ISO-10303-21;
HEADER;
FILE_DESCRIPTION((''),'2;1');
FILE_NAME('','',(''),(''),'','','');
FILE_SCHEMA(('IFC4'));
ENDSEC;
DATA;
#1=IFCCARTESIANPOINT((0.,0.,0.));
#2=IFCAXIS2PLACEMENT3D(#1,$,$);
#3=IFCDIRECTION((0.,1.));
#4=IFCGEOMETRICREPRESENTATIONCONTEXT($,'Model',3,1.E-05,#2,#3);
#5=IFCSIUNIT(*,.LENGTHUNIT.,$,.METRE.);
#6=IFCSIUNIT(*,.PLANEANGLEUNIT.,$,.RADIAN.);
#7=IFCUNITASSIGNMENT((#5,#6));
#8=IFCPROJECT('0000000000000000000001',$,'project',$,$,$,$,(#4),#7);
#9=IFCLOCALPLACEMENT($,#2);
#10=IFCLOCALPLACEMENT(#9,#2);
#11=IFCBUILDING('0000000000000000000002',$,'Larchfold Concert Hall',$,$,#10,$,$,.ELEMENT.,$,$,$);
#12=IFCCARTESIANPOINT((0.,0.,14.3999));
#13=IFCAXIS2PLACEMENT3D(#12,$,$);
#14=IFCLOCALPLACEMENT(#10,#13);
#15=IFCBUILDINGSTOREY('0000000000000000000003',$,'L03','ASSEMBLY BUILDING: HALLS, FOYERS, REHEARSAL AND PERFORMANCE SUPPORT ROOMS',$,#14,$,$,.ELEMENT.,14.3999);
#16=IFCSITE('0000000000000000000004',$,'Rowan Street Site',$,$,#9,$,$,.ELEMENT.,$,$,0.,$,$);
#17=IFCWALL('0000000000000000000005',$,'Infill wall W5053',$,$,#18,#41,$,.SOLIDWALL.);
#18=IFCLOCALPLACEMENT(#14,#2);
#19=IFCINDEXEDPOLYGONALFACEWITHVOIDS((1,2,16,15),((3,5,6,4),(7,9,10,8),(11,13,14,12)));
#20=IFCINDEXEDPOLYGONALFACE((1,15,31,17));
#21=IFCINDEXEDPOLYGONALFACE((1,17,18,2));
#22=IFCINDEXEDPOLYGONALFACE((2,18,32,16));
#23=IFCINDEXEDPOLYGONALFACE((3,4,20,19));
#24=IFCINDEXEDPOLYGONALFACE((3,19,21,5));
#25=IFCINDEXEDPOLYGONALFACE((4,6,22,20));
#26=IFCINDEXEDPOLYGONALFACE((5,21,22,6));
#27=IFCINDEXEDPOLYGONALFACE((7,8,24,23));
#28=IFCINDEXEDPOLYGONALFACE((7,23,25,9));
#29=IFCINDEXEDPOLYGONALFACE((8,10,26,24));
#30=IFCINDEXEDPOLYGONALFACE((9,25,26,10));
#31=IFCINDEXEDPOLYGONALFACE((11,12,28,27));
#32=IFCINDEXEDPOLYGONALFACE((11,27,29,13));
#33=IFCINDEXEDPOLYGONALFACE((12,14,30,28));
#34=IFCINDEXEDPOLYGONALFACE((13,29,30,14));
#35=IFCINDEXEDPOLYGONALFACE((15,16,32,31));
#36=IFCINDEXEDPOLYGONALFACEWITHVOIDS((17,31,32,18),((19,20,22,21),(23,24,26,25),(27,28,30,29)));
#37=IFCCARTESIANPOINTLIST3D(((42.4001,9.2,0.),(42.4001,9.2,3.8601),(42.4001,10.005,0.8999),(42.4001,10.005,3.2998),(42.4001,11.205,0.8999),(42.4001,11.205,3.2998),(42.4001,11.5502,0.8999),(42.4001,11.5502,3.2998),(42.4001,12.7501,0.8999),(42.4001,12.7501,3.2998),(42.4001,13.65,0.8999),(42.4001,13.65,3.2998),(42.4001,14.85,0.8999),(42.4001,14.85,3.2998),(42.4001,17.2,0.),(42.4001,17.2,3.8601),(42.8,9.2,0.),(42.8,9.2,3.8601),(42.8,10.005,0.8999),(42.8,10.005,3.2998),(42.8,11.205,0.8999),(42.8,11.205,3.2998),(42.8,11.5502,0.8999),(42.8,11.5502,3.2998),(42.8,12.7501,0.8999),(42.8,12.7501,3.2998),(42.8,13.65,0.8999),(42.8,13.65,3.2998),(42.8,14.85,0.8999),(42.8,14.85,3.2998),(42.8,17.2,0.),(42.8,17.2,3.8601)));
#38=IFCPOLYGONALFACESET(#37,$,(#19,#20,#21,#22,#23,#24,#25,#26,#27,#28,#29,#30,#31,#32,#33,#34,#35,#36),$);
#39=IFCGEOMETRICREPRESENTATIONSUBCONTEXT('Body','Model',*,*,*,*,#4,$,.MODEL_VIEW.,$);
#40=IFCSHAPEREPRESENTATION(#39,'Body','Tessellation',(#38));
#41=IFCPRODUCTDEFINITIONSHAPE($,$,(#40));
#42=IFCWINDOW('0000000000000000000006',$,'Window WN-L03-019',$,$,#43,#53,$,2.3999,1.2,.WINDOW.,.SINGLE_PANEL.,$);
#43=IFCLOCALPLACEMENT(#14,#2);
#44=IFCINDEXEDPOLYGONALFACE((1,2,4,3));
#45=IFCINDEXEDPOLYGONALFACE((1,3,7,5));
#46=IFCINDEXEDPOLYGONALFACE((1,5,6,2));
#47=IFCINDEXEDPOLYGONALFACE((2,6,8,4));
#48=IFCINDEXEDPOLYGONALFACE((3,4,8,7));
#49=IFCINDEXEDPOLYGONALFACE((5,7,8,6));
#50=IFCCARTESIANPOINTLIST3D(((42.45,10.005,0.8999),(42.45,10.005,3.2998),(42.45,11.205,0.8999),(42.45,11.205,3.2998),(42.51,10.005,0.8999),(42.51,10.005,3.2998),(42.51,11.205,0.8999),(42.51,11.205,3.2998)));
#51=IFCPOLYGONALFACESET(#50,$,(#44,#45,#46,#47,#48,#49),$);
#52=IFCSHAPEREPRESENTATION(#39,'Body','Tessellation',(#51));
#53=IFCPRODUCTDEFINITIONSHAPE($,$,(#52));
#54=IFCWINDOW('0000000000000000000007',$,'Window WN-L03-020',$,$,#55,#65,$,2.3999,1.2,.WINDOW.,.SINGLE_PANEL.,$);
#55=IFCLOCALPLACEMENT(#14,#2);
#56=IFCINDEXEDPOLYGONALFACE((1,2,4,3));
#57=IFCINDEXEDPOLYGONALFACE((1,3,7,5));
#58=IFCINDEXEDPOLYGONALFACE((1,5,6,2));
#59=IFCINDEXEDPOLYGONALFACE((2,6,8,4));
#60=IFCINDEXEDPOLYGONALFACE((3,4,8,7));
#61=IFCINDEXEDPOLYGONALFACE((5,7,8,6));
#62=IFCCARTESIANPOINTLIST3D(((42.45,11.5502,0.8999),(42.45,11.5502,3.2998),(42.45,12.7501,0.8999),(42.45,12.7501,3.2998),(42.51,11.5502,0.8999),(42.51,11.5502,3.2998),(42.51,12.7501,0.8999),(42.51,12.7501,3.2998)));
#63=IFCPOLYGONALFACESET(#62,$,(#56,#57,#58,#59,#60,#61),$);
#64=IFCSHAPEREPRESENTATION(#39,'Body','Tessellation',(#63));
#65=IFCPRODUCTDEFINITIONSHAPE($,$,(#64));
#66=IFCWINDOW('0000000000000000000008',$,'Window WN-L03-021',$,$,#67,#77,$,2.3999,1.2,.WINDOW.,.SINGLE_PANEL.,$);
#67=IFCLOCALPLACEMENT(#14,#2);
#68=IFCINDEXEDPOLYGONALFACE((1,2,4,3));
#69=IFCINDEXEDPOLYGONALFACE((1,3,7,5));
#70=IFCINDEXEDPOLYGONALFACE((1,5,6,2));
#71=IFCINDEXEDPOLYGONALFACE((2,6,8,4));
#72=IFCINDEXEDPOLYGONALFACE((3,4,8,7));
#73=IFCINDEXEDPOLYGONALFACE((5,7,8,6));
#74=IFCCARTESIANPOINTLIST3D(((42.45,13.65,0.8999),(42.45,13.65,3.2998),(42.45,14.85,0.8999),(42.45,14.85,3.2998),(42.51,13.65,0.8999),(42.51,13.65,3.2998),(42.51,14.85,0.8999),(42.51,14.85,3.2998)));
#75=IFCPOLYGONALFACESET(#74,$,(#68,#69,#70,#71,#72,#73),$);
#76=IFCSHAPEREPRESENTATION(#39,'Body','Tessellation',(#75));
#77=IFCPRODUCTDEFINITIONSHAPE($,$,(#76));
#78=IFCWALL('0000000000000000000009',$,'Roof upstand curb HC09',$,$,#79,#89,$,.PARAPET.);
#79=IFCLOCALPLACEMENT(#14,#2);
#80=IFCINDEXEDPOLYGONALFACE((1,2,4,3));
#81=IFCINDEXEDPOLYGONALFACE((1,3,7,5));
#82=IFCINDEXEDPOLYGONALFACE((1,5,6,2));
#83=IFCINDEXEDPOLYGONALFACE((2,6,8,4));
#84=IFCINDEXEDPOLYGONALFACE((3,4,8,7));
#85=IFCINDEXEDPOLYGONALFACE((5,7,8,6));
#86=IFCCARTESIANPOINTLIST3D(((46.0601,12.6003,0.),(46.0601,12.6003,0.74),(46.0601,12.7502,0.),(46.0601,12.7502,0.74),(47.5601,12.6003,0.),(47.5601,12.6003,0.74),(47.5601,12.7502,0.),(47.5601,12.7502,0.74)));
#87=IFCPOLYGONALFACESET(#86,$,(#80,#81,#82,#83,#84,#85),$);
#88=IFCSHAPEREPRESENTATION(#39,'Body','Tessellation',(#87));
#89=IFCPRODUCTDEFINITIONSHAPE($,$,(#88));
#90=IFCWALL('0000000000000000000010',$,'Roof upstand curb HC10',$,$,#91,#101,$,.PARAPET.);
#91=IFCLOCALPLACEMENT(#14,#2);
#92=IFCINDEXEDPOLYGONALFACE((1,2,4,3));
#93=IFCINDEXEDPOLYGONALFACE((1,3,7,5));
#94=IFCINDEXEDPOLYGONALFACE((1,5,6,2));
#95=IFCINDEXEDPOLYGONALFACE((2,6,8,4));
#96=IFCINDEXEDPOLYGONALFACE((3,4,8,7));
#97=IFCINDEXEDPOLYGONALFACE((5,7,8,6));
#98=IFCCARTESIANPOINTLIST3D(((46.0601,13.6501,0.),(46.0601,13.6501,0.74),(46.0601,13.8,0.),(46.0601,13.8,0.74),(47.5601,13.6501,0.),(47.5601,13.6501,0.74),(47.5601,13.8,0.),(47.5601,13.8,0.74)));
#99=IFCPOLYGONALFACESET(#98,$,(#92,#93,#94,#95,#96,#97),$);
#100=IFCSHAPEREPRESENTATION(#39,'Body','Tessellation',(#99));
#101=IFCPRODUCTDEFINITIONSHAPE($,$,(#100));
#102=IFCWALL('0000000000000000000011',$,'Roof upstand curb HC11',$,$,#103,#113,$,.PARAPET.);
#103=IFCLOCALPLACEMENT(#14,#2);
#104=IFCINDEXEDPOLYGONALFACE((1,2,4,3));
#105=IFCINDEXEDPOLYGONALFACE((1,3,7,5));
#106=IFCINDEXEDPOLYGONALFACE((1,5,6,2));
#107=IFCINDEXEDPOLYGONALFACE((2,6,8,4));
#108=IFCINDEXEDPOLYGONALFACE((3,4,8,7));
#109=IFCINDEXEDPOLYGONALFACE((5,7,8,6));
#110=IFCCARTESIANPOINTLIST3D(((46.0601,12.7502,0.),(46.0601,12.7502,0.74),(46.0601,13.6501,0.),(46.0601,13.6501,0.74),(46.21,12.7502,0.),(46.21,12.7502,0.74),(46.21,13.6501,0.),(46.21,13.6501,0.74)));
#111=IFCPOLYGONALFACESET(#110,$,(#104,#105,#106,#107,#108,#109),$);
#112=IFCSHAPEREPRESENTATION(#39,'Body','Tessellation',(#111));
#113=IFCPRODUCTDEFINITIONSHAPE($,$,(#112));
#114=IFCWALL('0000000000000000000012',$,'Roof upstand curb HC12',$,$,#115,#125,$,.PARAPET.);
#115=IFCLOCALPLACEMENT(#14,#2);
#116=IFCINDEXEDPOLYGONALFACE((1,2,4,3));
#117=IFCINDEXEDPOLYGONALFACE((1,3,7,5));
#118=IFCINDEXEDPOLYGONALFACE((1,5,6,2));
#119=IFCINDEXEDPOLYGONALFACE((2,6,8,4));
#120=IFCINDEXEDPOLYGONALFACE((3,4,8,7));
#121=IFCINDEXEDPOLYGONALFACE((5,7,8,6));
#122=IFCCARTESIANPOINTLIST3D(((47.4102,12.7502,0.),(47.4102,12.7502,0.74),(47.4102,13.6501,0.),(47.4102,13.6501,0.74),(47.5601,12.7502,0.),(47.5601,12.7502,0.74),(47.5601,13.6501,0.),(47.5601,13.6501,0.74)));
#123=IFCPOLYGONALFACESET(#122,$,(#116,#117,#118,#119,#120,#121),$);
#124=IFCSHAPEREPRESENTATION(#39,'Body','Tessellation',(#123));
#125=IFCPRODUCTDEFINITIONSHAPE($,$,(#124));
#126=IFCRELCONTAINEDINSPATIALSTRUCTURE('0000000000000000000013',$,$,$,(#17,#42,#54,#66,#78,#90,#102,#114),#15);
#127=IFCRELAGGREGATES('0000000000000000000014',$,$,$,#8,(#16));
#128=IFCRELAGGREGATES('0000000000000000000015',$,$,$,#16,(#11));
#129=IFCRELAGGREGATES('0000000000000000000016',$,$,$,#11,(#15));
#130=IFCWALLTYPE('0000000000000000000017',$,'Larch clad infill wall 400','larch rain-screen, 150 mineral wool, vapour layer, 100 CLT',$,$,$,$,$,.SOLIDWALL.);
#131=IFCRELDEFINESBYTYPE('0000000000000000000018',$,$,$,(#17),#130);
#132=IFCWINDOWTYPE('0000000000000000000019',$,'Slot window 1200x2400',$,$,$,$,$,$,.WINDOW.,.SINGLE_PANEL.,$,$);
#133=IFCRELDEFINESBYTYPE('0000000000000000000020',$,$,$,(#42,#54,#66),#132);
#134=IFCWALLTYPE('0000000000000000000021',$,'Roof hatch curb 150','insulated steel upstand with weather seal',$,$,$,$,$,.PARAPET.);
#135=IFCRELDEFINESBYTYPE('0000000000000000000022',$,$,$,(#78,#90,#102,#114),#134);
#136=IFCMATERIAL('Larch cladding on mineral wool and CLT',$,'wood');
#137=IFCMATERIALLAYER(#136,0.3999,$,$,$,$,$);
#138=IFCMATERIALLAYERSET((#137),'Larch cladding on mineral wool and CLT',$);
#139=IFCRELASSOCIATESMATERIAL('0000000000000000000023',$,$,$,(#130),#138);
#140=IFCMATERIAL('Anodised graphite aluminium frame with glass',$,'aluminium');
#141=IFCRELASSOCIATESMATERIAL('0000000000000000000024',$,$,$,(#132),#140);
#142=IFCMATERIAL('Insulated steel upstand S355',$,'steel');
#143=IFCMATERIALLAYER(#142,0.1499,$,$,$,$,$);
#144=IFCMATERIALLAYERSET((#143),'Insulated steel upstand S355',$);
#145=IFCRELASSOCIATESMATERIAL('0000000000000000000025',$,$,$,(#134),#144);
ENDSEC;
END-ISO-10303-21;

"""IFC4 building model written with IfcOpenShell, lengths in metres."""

from ifc_helpers import new_model, si_unit, direction, frame, frame_2d, origin, place, context, subcontext, project, spatial, rectangle, extrude, material, layer, layer_set, type_object, element, fill, save


model = new_model("IFC4")

# Units and contexts
model_context = context("Model", 3, precision=1e-05, world=origin(), true_north=direction((0.0, 1.0)))
body_context = subcontext(model_context, "Body", "Model", "MODEL_VIEW")
ifc_project = project(units=[si_unit("LENGTHUNIT", "METRE"), si_unit("PLANEANGLEUNIT", "RADIAN")], contexts=[model_context])

# Site, building, storey
site_placement = place(None, origin())
site = spatial("IfcSite", under=ifc_project, at=site_placement, Name="Rowan Street Site", CompositionType="ELEMENT", RefElevation=0.0)
building_placement = place(site_placement, origin())
building = spatial("IfcBuilding", under=site, at=building_placement, Name="Larchfold Concert Hall", CompositionType="ELEMENT")
storey_placement = place(building_placement, frame((0.0, 0.0, 14.3999)))
storey = spatial("IfcBuildingStorey", under=building, at=storey_placement, Name="L03", Description="ASSEMBLY BUILDING: HALLS, FOYERS, REHEARSAL AND PERFORMANCE SUPPORT ROOMS", CompositionType="ELEMENT", Elevation=14.3999)

# Wall, openings, windows
ifc_material_1 = material(Name="Larch cladding on mineral wool and CLT", Category="wood")
ifc_layer_1 = layer(ifc_material_1, 0.3999)
ifc_layer_set_1 = layer_set([ifc_layer_1], Name="Larch cladding on mineral wool and CLT")
wall_type_1 = type_object("IfcWallType", Name="Larch clad infill wall 400", Description="larch rain-screen, 150 mineral wool, vapour layer, 100 CLT", PredefinedType="SOLIDWALL", material=ifc_layer_set_1)
wall_1_placement = place(storey_placement, frame((42.6001, 9.2, 0.0), z_axis=(0.0, 0.0, 1.0), x_axis=(0.0, 1.0, 0.0)))
wall_1 = element("IfcWall", 1, at=wall_1_placement, inside=storey, type_object=wall_type_1, Name="Infill wall W5053", PredefinedType="SOLIDWALL", context=body_context, shape_type="SweptSolid", body=[
    extrude(rectangle(XDim=8.0, YDim=0.3999, at=frame_2d((4.0, 0.0))), origin(), (0.0, 0.0, 1.0), 3.8601),
])
opening_1_placement = place(wall_1_placement, frame((0.8049, 0.0, 0.8999)))
opening_1 = element("IfcOpeningElement", 2, at=opening_1_placement, cuts=wall_1, PredefinedType="OPENING", context=body_context, shape_type="SweptSolid", body=[
    extrude(rectangle(XDim=1.2, YDim=2.3999, at=frame_2d((0.6001, 1.2))), frame((0.0, 0.21, 0.0), z_axis=(0.0, -1.0, 0.0), x_axis=(1.0, 0.0, 0.0)), (0.0, 0.0, 1.0), 0.4199),
])
opening_2_placement = place(wall_1_placement, frame((2.3501, 0.0, 0.8999)))
opening_2 = element("IfcOpeningElement", 3, at=opening_2_placement, cuts=wall_1, PredefinedType="OPENING", context=body_context, shape_type="SweptSolid", body=[
    extrude(rectangle(XDim=1.2, YDim=2.3999, at=frame_2d((0.6001, 1.2))), frame((0.0, 0.21, 0.0), z_axis=(0.0, -1.0, 0.0), x_axis=(1.0, 0.0, 0.0)), (0.0, 0.0, 1.0), 0.4199),
])
opening_3_placement = place(wall_1_placement, frame((4.45, 0.0, 0.8999)))
opening_3 = element("IfcOpeningElement", 4, at=opening_3_placement, cuts=wall_1, PredefinedType="OPENING", context=body_context, shape_type="SweptSolid", body=[
    extrude(rectangle(XDim=1.2, YDim=2.3999, at=frame_2d((0.6001, 1.2))), frame((0.0, 0.21, 0.0), z_axis=(0.0, -1.0, 0.0), x_axis=(1.0, 0.0, 0.0)), (0.0, 0.0, 1.0), 0.4199),
])
ifc_material_2 = material(Name="Anodised graphite aluminium frame with glass", Category="aluminium")
window_type = type_object("IfcWindowType", Name="Slot window 1200x2400", PartitioningType="SINGLE_PANEL", PredefinedType="WINDOW", material=ifc_material_2)
window_1_placement = place(opening_1_placement, origin())
window_1 = element("IfcWindow", 5, at=window_1_placement, inside=storey, type_object=window_type, Name="Window WN-L03-019", OverallHeight=2.3999, OverallWidth=1.2, PartitioningType="SINGLE_PANEL", PredefinedType="WINDOW", context=body_context, shape_type="SweptSolid", body=[
    extrude(rectangle(XDim=1.2, YDim=2.3999, at=frame_2d((0.6001, 1.2))), frame((0.0, 0.1501, 0.0), z_axis=(0.0, -1.0, 0.0), x_axis=(1.0, 0.0, 0.0)), (0.0, 0.0, 1.0), 0.0601),
])
fill(opening_1, window_1)
window_2_placement = place(opening_2_placement, origin())
window_2 = element("IfcWindow", 6, at=window_2_placement, inside=storey, type_object=window_type, Name="Window WN-L03-020", OverallHeight=2.3999, OverallWidth=1.2, PartitioningType="SINGLE_PANEL", PredefinedType="WINDOW", context=body_context, shape_type="SweptSolid", body=[
    extrude(rectangle(XDim=1.2, YDim=2.3999, at=frame_2d((0.6001, 1.2))), frame((0.0, 0.1501, 0.0), z_axis=(0.0, -1.0, 0.0), x_axis=(1.0, 0.0, 0.0)), (0.0, 0.0, 1.0), 0.0601),
])
fill(opening_2, window_2)
window_3_placement = place(opening_3_placement, origin())
window_3 = element("IfcWindow", 7, at=window_3_placement, inside=storey, type_object=window_type, Name="Window WN-L03-021", OverallHeight=2.3999, OverallWidth=1.2, PartitioningType="SINGLE_PANEL", PredefinedType="WINDOW", context=body_context, shape_type="SweptSolid", body=[
    extrude(rectangle(XDim=1.2, YDim=2.3999, at=frame_2d((0.6001, 1.2))), frame((0.0, 0.1501, 0.0), z_axis=(0.0, -1.0, 0.0), x_axis=(1.0, 0.0, 0.0)), (0.0, 0.0, 1.0), 0.0601),
])
fill(opening_3, window_3)

# Walls
ifc_material_3 = material(Name="Insulated steel upstand S355", Category="steel")
ifc_layer_2 = layer(ifc_material_3, 0.1499)
ifc_layer_set_2 = layer_set([ifc_layer_2], Name="Insulated steel upstand S355")
wall_type_2 = type_object("IfcWallType", Name="Roof hatch curb 150", Description="insulated steel upstand with weather seal", PredefinedType="PARAPET", material=ifc_layer_set_2)
for number, where, z_axis, x_axis, name in (
    (8, (46.0601, 12.6753, 0.0), (0.0, 0.0, 1.0), (1.0, 0.0, 0.0), "Roof upstand curb HC09"),
    (9, (46.0601, 13.7251, 0.0), (0.0, 0.0, 1.0), (1.0, 0.0, 0.0), "Roof upstand curb HC10"),
):
    element("IfcWall", number, at=place(storey_placement, frame(where, z_axis=z_axis, x_axis=x_axis)), inside=storey, type_object=wall_type_2, Name=name, PredefinedType="PARAPET", context=body_context, shape_type="SweptSolid", body=[
        extrude(rectangle(XDim=1.5, YDim=0.1499, at=frame_2d((0.75, 0.0))), origin(), (0.0, 0.0, 1.0), 0.74),
    ])
for number, where, z_axis, x_axis, name in (
    (10, (46.135, 12.7502, 0.0), (0.0, 0.0, 1.0), (0.0, 1.0, 0.0), "Roof upstand curb HC11"),
    (11, (47.4851, 12.7502, 0.0), (0.0, 0.0, 1.0), (0.0, 1.0, 0.0), "Roof upstand curb HC12"),
):
    element("IfcWall", number, at=place(storey_placement, frame(where, z_axis=z_axis, x_axis=x_axis)), inside=storey, type_object=wall_type_2, Name=name, PredefinedType="PARAPET", context=body_context, shape_type="SweptSolid", body=[
        extrude(rectangle(XDim=0.8999, YDim=0.1499, at=frame_2d((0.45, 0.0))), origin(), (0.0, 0.0, 1.0), 0.74),
    ])

save(model, "model.ifc")
